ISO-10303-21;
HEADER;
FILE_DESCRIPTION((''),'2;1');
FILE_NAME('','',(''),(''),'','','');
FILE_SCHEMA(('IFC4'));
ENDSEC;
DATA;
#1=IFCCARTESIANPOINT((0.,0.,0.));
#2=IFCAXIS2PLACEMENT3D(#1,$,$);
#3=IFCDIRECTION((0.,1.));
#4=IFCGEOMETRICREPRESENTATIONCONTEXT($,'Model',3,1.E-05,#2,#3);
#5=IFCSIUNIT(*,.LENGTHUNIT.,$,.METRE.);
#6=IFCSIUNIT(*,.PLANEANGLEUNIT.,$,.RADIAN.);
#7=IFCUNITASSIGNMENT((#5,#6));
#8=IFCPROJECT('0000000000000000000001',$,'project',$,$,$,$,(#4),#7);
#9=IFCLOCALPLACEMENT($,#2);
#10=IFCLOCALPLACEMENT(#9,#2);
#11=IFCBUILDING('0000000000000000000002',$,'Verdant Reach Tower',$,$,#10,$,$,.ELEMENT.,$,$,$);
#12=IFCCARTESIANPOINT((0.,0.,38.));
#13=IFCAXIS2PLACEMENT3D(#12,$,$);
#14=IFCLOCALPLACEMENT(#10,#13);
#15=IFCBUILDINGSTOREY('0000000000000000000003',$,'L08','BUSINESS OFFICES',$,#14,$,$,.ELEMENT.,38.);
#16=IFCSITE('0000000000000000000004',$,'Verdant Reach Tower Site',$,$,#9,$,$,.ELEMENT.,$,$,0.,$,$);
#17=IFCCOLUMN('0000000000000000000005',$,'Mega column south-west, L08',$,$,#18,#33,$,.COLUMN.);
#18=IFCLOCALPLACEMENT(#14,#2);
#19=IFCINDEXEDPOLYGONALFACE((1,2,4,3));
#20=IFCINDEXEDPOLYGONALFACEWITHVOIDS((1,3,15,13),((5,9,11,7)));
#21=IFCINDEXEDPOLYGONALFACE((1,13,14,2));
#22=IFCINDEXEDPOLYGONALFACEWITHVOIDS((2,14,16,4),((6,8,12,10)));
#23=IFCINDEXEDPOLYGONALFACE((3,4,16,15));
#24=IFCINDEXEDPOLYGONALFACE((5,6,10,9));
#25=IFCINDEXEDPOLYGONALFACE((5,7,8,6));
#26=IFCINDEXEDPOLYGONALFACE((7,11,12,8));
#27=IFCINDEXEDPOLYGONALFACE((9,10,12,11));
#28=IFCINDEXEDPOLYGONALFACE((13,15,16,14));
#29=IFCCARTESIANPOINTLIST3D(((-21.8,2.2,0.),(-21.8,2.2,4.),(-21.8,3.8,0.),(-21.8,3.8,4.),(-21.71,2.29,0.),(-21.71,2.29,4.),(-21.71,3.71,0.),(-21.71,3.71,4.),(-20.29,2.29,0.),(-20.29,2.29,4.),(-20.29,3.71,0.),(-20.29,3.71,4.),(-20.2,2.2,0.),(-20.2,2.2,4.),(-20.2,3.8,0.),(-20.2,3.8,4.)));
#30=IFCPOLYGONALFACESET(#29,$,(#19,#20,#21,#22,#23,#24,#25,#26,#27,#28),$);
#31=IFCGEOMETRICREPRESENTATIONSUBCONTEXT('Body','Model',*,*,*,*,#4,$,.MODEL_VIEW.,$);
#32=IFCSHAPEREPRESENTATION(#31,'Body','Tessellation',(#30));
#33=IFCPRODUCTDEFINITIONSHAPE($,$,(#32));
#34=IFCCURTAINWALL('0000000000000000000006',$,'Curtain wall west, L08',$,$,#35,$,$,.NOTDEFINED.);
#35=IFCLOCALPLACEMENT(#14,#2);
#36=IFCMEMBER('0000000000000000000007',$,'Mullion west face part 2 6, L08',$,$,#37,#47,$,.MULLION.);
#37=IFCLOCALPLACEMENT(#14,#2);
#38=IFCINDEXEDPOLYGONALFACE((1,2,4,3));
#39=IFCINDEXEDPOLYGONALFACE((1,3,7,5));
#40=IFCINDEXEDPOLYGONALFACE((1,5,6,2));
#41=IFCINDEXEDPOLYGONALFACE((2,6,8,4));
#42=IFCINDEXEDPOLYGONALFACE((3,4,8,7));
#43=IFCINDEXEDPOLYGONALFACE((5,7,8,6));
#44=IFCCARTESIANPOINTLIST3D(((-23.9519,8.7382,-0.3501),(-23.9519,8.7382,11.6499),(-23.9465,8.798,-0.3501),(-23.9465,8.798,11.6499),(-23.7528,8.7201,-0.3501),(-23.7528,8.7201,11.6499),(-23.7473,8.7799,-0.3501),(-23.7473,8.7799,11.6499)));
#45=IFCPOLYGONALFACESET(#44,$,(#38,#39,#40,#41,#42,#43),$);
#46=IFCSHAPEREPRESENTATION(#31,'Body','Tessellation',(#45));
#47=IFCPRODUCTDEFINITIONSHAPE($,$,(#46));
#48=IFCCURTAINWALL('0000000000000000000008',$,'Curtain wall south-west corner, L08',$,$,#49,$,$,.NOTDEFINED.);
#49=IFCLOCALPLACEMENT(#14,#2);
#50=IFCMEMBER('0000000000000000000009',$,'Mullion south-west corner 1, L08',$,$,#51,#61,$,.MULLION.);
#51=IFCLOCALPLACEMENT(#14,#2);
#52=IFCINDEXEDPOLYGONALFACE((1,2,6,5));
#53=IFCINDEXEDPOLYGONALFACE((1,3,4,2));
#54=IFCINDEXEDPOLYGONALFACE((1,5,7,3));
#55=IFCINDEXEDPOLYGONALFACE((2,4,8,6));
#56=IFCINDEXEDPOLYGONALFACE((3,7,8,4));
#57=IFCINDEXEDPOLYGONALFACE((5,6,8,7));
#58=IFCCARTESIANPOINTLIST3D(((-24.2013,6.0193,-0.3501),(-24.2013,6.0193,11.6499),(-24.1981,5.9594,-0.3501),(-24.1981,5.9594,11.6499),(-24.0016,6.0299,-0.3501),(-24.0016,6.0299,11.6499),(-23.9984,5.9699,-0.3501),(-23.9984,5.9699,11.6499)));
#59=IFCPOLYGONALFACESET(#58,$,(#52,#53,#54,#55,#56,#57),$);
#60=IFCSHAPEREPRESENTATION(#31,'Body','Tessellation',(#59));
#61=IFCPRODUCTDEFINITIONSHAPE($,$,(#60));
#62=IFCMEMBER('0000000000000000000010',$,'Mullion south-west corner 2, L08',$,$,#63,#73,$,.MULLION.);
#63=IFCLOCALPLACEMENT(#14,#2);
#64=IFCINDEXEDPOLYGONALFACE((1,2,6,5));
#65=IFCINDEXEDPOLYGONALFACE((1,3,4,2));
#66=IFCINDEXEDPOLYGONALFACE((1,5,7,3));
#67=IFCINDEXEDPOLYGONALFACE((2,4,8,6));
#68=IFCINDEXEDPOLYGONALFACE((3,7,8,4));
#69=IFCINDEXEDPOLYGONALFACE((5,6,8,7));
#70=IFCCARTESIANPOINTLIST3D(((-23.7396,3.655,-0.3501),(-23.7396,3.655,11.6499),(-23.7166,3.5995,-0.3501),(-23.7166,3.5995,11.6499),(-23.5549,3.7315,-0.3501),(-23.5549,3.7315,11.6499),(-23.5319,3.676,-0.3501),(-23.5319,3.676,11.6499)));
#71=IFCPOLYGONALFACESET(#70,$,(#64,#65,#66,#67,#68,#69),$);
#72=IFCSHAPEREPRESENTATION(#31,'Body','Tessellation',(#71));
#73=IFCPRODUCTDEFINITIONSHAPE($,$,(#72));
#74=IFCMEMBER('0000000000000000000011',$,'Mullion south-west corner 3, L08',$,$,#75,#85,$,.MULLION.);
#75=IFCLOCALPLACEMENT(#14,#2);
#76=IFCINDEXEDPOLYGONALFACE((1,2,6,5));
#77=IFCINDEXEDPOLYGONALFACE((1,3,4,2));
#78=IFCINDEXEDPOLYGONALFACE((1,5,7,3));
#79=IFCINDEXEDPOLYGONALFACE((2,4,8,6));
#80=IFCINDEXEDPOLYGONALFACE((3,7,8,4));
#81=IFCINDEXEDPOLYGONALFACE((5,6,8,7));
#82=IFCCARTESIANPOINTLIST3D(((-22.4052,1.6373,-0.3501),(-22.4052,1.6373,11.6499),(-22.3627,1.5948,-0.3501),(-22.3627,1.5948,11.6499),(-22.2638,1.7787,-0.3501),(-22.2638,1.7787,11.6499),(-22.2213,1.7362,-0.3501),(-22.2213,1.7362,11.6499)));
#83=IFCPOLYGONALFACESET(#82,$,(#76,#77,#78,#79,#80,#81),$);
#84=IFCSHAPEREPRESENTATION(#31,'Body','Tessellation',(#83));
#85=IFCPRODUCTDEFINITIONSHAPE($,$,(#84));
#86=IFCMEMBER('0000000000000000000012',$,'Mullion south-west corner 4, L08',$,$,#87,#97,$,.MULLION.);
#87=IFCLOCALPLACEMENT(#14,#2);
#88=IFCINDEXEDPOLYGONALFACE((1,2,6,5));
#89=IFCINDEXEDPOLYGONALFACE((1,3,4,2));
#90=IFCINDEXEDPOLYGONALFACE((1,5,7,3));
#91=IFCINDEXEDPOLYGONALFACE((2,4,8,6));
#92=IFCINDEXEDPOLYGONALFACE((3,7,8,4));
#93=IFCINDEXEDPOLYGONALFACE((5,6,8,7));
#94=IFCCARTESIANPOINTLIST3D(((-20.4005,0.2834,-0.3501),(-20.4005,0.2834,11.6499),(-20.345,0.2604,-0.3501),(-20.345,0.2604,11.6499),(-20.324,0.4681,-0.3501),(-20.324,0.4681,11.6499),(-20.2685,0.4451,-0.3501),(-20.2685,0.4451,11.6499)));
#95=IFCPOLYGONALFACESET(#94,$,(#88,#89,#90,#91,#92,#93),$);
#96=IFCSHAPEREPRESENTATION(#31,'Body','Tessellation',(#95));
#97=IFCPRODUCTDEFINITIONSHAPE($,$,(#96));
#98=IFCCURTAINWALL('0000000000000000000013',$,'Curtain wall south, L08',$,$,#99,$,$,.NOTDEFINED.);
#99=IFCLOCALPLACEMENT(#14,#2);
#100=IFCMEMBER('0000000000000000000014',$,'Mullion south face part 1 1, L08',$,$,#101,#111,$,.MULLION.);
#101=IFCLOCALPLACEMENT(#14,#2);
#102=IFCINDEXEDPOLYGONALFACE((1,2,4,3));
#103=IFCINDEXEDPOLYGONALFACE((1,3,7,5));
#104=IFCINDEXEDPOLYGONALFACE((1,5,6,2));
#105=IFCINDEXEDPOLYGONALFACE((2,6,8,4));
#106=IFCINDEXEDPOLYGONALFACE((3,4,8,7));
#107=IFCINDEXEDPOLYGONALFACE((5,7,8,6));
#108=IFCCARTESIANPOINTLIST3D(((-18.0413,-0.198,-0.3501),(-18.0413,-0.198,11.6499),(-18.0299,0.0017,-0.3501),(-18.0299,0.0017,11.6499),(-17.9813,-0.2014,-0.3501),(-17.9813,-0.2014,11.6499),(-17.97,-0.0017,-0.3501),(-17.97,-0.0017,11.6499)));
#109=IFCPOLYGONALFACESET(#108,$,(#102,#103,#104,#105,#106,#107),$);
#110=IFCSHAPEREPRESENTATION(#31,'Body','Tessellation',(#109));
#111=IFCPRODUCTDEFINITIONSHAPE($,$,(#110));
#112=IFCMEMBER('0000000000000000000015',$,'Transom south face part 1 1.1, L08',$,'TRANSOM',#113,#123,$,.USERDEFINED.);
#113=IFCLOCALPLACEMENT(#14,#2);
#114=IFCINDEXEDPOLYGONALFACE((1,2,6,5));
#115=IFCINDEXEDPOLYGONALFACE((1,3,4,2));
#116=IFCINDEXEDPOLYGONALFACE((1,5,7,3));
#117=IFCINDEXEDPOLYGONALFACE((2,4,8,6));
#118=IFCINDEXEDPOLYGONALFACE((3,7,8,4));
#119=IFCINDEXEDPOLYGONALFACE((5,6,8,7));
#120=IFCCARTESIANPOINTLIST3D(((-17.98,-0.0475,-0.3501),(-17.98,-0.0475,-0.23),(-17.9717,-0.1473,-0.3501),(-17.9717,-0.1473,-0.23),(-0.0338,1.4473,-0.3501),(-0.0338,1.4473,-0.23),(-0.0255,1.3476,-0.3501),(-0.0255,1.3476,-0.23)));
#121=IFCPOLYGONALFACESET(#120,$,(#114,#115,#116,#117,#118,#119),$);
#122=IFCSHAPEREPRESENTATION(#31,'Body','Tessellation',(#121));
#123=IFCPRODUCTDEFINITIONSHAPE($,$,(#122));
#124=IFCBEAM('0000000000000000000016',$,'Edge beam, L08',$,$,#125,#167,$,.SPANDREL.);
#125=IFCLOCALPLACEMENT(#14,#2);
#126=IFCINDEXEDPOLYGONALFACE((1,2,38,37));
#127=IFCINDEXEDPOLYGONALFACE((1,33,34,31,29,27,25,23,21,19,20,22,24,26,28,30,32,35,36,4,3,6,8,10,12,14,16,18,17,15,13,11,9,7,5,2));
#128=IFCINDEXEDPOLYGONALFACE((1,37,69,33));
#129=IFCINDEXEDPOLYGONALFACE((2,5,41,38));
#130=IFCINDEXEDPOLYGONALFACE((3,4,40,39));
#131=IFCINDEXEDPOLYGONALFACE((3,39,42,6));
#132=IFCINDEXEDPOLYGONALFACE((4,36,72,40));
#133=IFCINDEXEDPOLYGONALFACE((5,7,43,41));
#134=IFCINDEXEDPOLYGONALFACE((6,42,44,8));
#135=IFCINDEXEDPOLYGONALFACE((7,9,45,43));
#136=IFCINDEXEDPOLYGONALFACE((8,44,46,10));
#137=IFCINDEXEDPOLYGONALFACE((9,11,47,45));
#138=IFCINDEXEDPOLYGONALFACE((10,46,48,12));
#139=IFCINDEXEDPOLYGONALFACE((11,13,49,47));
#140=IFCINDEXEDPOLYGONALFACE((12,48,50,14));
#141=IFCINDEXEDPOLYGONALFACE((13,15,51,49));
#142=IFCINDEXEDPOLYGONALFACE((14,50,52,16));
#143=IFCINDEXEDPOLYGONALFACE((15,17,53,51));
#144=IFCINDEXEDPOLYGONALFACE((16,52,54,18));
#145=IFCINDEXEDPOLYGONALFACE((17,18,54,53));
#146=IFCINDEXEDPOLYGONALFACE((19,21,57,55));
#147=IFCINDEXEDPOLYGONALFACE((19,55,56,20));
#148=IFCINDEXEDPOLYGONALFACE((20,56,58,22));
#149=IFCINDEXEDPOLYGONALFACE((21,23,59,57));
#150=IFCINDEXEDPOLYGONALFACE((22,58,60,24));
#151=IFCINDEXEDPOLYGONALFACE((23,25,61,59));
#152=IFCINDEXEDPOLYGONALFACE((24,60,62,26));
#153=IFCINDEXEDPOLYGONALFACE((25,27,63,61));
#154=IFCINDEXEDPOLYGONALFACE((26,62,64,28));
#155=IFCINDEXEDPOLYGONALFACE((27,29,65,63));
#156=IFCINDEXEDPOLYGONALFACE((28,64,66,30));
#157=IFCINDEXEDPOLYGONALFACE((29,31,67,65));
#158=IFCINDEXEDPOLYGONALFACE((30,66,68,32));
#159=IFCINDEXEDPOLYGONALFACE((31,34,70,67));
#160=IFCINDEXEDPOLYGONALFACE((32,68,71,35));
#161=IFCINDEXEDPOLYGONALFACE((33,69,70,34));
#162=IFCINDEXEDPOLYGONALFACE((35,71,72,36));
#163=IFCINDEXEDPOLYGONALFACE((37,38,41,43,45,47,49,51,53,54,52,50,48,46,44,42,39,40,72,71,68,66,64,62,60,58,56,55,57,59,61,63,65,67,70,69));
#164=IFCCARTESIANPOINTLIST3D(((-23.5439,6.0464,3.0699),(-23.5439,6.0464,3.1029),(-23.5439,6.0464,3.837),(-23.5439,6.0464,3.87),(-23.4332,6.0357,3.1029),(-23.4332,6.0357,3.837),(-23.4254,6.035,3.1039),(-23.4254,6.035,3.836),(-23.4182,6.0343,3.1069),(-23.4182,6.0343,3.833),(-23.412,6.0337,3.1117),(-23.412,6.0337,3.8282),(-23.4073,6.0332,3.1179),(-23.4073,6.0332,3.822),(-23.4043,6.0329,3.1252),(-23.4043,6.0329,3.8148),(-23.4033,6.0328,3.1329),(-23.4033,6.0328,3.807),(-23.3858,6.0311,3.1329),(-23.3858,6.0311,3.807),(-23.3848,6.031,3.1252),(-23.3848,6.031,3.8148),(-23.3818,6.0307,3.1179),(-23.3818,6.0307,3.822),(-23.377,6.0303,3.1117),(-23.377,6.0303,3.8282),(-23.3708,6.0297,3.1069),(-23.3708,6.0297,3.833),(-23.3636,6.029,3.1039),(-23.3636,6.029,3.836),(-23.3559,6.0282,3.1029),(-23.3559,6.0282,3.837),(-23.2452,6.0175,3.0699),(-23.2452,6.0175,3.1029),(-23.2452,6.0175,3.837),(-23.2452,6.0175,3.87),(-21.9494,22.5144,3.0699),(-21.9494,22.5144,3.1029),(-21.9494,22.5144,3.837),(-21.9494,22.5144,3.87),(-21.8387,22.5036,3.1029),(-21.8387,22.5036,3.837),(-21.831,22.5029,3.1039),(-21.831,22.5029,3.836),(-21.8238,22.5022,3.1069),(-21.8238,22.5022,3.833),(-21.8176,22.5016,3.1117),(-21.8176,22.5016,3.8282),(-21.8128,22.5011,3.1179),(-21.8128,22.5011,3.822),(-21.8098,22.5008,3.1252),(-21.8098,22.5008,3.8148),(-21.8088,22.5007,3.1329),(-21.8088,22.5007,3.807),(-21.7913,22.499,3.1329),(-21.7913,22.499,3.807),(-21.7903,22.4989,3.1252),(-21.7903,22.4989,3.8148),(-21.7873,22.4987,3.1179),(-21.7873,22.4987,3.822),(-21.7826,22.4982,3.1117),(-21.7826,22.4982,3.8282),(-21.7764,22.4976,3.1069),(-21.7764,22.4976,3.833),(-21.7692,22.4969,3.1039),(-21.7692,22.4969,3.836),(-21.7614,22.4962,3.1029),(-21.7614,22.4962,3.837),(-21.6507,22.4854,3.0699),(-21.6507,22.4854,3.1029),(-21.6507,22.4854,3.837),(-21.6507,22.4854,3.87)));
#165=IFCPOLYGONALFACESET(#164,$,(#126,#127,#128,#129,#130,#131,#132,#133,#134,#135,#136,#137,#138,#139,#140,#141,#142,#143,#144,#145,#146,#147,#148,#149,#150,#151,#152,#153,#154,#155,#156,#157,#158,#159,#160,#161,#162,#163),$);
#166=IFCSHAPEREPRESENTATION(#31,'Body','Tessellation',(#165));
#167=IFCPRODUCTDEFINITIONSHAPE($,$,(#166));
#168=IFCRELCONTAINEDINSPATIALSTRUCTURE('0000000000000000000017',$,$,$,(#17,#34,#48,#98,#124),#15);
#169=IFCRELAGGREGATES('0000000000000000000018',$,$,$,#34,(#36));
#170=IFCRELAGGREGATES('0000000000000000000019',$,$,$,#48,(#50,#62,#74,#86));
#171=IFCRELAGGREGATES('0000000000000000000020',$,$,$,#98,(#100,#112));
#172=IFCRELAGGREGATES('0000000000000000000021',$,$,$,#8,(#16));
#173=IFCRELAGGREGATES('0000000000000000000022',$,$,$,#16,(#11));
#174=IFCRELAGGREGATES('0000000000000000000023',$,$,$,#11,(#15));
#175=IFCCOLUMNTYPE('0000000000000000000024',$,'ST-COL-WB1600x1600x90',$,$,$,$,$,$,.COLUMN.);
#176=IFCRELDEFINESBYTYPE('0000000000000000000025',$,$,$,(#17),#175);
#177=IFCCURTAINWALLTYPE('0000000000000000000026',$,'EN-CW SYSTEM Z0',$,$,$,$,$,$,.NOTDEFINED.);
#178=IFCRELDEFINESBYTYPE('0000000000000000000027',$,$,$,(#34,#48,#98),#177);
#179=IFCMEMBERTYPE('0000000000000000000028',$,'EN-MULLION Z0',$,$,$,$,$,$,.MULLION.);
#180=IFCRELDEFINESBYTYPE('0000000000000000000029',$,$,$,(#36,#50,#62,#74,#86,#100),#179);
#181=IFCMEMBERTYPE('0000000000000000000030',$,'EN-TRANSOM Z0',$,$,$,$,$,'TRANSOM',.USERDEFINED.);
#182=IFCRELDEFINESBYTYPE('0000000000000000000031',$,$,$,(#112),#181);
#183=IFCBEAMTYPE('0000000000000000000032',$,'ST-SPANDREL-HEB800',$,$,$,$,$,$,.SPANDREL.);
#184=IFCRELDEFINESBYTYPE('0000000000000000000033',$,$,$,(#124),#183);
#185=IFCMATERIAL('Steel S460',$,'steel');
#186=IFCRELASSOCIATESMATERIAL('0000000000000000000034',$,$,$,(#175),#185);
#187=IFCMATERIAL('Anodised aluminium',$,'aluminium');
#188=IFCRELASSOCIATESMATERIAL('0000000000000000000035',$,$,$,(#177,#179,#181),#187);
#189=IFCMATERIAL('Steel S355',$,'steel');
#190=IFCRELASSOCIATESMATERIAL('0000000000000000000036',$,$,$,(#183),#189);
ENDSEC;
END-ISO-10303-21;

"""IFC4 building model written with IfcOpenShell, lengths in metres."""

from ifc_helpers import new_model, si_unit, direction, frame, origin, origin_2d, place, context, subcontext, project, spatial, rectangle, hollow_rectangle, i_section, extrude, material, material_profile, profile_set, type_object, element, aggregate, save


model = new_model("IFC4")

# Units and contexts
model_context = context("Model", 3, precision=1e-05, world=origin(), true_north=direction((0.0, 1.0)))
body_context = subcontext(model_context, "Body", "Model", "MODEL_VIEW")
ifc_project = project(units=[si_unit("LENGTHUNIT", "METRE"), si_unit("PLANEANGLEUNIT", "RADIAN")], contexts=[model_context])

# Site, building, storey
site_placement = place(None, origin())
site = spatial("IfcSite", under=ifc_project, at=site_placement, Name="Verdant Reach Tower Site", CompositionType="ELEMENT", RefElevation=0.0)
building_placement = place(site_placement, origin())
building = spatial("IfcBuilding", under=site, at=building_placement, Name="Verdant Reach Tower", CompositionType="ELEMENT")
storey_placement = place(building_placement, frame((0.0, 0.0, 38.0)))
storey = spatial("IfcBuildingStorey", under=building, at=storey_placement, Name="L08", Description="BUSINESS OFFICES", CompositionType="ELEMENT", Elevation=38.0)

# Column
ifc_material_1 = material(Name="Steel S460", Category="steel")
ifc_material_profile_1 = material_profile(ifc_material_1, hollow_rectangle(XDim=1.6001, YDim=1.6001, WallThickness=0.0901, at=origin_2d()), Name="WB 1600x1600x90")
ifc_profile_set_1 = profile_set([ifc_material_profile_1], Name="Steel S460")
column_type = type_object("IfcColumnType", Name="ST-COL-WB1600x1600x90", PredefinedType="COLUMN", material=ifc_profile_set_1)
column_placement = place(storey_placement, frame((-21.0, 3.0, 0.0), z_axis=(0.0, 0.0, 1.0), x_axis=(1.0, 0.0, 0.0)))
element("IfcColumn", 1, at=column_placement, inside=storey, type_object=column_type, Name="Mega column south-west, L08", PredefinedType="COLUMN", context=body_context, shape_type="SweptSolid", body=[
    extrude(hollow_rectangle(XDim=1.6001, YDim=1.6001, WallThickness=0.0901, at=origin_2d()), origin(), (0.0, 0.0, 1.0), 4.0),
])

# Curtain wall, member
ifc_material_2 = material(Name="Anodised aluminium", Category="aluminium")
curtain_wall_type = type_object("IfcCurtainWallType", Name="EN-CW SYSTEM Z0", PredefinedType="NOTDEFINED", material=ifc_material_2)
curtain_wall_1_placement = place(storey_placement, origin())
curtain_wall_1 = element("IfcCurtainWall", 2, at=curtain_wall_1_placement, inside=storey, type_object=curtain_wall_type, Name="Curtain wall west, L08", PredefinedType="NOTDEFINED")
ifc_material_profile_2 = material_profile(ifc_material_2, rectangle(XDim=0.2, YDim=0.0601, at=origin_2d()), Name="Mullion 60x200")
ifc_profile_set_2 = profile_set([ifc_material_profile_2], Name="Anodised aluminium")
member_type_1 = type_object("IfcMemberType", Name="EN-MULLION Z0", PredefinedType="MULLION", material=ifc_profile_set_2)
member_1_placement = place(storey_placement, frame((-23.8496, 8.759, -0.3501), z_axis=(0.0, 0.0, 1.0), x_axis=(-0.995893, 0.090536, 0.0)))
member_1 = element("IfcMember", 3, at=member_1_placement, type_object=member_type_1, Name="Mullion west face part 2 6, L08", PredefinedType="MULLION", context=body_context, shape_type="SweptSolid", body=[
    extrude(rectangle(XDim=0.2, YDim=0.0601, at=origin_2d()), origin(), (0.0, 0.0, 1.0), 12.0),
])

# Curtain walls, members
curtain_wall_2_placement = place(storey_placement, origin())
curtain_wall_2 = element("IfcCurtainWall", 4, at=curtain_wall_2_placement, inside=storey, type_object=curtain_wall_type, Name="Curtain wall south-west corner, L08", PredefinedType="NOTDEFINED")
member_2_placement = place(storey_placement, frame((-24.0999, 5.9946, -0.3501), z_axis=(0.0, 0.0, 1.0), x_axis=(-0.998604, -0.052815, 0.0)))
member_2 = element("IfcMember", 5, at=member_2_placement, type_object=member_type_1, Name="Mullion south-west corner 1, L08", PredefinedType="MULLION", context=body_context, shape_type="SweptSolid", body=[
    extrude(rectangle(XDim=0.2, YDim=0.0601, at=origin_2d()), origin(), (0.0, 0.0, 1.0), 12.0),
])
member_3_placement = place(storey_placement, frame((-23.6357, 3.6655, -0.3501), z_axis=(0.0, 0.0, 1.0), x_axis=(-0.923875, -0.382694, 0.0)))
member_3 = element("IfcMember", 6, at=member_3_placement, type_object=member_type_1, Name="Mullion south-west corner 2, L08", PredefinedType="MULLION", context=body_context, shape_type="SweptSolid", body=[
    extrude(rectangle(XDim=0.2, YDim=0.0601, at=origin_2d()), origin(), (0.0, 0.0, 1.0), 12.0),
])
member_4_placement = place(storey_placement, frame((-22.3132, 1.6868, -0.3501), z_axis=(0.0, 0.0, 1.0), x_axis=(-0.707107, -0.707107, 0.0)))
member_4 = element("IfcMember", 7, at=member_4_placement, type_object=member_type_1, Name="Mullion south-west corner 3, L08", PredefinedType="MULLION", context=body_context, shape_type="SweptSolid", body=[
    extrude(rectangle(XDim=0.2, YDim=0.0601, at=origin_2d()), origin(), (0.0, 0.0, 1.0), 12.0),
])
member_5_placement = place(storey_placement, frame((-20.3345, 0.3643, -0.3501), z_axis=(0.0, 0.0, 1.0), x_axis=(-0.382694, -0.923875, 0.0)))
member_5 = element("IfcMember", 8, at=member_5_placement, type_object=member_type_1, Name="Mullion south-west corner 4, L08", PredefinedType="MULLION", context=body_context, shape_type="SweptSolid", body=[
    extrude(rectangle(XDim=0.2, YDim=0.0601, at=origin_2d()), origin(), (0.0, 0.0, 1.0), 12.0),
])
curtain_wall_3_placement = place(storey_placement, origin())
curtain_wall_3 = element("IfcCurtainWall", 9, at=curtain_wall_3_placement, inside=storey, type_object=curtain_wall_type, Name="Curtain wall south, L08", PredefinedType="NOTDEFINED")
member_6_placement = place(storey_placement, frame((-18.0056, -0.0999, -0.3501), z_axis=(0.0, 0.0, 1.0), x_axis=(-0.056569, -0.998399, 0.0)))
member_6 = element("IfcMember", 10, at=member_6_placement, type_object=member_type_1, Name="Mullion south face part 1 1, L08", PredefinedType="MULLION", context=body_context, shape_type="SweptSolid", body=[
    extrude(rectangle(XDim=0.2, YDim=0.0601, at=origin_2d()), origin(), (0.0, 0.0, 1.0), 12.0),
])
ifc_material_profile_3 = material_profile(ifc_material_2, rectangle(XDim=0.1001, YDim=0.1201, at=origin_2d()), Name="Transom 120x100")
ifc_profile_set_3 = profile_set([ifc_material_profile_3], Name="Anodised aluminium")
member_type_2 = type_object("IfcMemberType", Name="EN-TRANSOM Z0", ElementType="TRANSOM", PredefinedType="USERDEFINED", material=ifc_profile_set_3)
member_7_placement = place(storey_placement, frame((-17.9758, -0.0974, -0.29), z_axis=(0.996549, 0.083011, 0.0), x_axis=(-0.083011, 0.996549, 0.0)))
member_7 = element("IfcMember", 11, at=member_7_placement, type_object=member_type_2, Name="Transom south face part 1 1.1, L08", ObjectType="TRANSOM", PredefinedType="USERDEFINED", context=body_context, shape_type="SweptSolid", body=[
    extrude(rectangle(XDim=0.1001, YDim=0.1201, at=origin_2d()), origin(), (0.0, 0.0, 1.0), 18.0083),
])

# Beam
ifc_material_3 = material(Name="Steel S355", Category="steel")
ifc_material_profile_4 = material_profile(ifc_material_3, i_section(OverallWidth=0.3, OverallDepth=0.8, WebThickness=0.0176, FlangeThickness=0.033, FilletRadius=0.03, at=origin_2d()), Name="HEB 800")
ifc_profile_set_4 = profile_set([ifc_material_profile_4], Name="Steel S355")
beam_type_1 = type_object("IfcBeamType", Name="ST-SPANDREL-HEB800", PredefinedType="SPANDREL", material=ifc_profile_set_4)
beam_1_placement = place(storey_placement, frame((-23.3945, 6.032, 3.47), z_axis=(0.096372, 0.995345, 0.0), x_axis=(-0.995345, 0.096372, 0.0)))
element("IfcBeam", 12, at=beam_1_placement, inside=storey, type_object=beam_type_1, Name="Edge beam, L08", PredefinedType="SPANDREL", context=body_context, shape_type="SweptSolid", body=[
    extrude(i_section(OverallWidth=0.3, OverallDepth=0.8, WebThickness=0.0176, FlangeThickness=0.033, FilletRadius=0.03, at=origin_2d()), origin(), (0.0, 0.0, 1.0), 16.5449),
])

aggregate(curtain_wall_1, [member_1])
aggregate(curtain_wall_2, [member_2, member_3, member_4, member_5])
aggregate(curtain_wall_3, [member_6, member_7])

save(model, "model.ifc")
